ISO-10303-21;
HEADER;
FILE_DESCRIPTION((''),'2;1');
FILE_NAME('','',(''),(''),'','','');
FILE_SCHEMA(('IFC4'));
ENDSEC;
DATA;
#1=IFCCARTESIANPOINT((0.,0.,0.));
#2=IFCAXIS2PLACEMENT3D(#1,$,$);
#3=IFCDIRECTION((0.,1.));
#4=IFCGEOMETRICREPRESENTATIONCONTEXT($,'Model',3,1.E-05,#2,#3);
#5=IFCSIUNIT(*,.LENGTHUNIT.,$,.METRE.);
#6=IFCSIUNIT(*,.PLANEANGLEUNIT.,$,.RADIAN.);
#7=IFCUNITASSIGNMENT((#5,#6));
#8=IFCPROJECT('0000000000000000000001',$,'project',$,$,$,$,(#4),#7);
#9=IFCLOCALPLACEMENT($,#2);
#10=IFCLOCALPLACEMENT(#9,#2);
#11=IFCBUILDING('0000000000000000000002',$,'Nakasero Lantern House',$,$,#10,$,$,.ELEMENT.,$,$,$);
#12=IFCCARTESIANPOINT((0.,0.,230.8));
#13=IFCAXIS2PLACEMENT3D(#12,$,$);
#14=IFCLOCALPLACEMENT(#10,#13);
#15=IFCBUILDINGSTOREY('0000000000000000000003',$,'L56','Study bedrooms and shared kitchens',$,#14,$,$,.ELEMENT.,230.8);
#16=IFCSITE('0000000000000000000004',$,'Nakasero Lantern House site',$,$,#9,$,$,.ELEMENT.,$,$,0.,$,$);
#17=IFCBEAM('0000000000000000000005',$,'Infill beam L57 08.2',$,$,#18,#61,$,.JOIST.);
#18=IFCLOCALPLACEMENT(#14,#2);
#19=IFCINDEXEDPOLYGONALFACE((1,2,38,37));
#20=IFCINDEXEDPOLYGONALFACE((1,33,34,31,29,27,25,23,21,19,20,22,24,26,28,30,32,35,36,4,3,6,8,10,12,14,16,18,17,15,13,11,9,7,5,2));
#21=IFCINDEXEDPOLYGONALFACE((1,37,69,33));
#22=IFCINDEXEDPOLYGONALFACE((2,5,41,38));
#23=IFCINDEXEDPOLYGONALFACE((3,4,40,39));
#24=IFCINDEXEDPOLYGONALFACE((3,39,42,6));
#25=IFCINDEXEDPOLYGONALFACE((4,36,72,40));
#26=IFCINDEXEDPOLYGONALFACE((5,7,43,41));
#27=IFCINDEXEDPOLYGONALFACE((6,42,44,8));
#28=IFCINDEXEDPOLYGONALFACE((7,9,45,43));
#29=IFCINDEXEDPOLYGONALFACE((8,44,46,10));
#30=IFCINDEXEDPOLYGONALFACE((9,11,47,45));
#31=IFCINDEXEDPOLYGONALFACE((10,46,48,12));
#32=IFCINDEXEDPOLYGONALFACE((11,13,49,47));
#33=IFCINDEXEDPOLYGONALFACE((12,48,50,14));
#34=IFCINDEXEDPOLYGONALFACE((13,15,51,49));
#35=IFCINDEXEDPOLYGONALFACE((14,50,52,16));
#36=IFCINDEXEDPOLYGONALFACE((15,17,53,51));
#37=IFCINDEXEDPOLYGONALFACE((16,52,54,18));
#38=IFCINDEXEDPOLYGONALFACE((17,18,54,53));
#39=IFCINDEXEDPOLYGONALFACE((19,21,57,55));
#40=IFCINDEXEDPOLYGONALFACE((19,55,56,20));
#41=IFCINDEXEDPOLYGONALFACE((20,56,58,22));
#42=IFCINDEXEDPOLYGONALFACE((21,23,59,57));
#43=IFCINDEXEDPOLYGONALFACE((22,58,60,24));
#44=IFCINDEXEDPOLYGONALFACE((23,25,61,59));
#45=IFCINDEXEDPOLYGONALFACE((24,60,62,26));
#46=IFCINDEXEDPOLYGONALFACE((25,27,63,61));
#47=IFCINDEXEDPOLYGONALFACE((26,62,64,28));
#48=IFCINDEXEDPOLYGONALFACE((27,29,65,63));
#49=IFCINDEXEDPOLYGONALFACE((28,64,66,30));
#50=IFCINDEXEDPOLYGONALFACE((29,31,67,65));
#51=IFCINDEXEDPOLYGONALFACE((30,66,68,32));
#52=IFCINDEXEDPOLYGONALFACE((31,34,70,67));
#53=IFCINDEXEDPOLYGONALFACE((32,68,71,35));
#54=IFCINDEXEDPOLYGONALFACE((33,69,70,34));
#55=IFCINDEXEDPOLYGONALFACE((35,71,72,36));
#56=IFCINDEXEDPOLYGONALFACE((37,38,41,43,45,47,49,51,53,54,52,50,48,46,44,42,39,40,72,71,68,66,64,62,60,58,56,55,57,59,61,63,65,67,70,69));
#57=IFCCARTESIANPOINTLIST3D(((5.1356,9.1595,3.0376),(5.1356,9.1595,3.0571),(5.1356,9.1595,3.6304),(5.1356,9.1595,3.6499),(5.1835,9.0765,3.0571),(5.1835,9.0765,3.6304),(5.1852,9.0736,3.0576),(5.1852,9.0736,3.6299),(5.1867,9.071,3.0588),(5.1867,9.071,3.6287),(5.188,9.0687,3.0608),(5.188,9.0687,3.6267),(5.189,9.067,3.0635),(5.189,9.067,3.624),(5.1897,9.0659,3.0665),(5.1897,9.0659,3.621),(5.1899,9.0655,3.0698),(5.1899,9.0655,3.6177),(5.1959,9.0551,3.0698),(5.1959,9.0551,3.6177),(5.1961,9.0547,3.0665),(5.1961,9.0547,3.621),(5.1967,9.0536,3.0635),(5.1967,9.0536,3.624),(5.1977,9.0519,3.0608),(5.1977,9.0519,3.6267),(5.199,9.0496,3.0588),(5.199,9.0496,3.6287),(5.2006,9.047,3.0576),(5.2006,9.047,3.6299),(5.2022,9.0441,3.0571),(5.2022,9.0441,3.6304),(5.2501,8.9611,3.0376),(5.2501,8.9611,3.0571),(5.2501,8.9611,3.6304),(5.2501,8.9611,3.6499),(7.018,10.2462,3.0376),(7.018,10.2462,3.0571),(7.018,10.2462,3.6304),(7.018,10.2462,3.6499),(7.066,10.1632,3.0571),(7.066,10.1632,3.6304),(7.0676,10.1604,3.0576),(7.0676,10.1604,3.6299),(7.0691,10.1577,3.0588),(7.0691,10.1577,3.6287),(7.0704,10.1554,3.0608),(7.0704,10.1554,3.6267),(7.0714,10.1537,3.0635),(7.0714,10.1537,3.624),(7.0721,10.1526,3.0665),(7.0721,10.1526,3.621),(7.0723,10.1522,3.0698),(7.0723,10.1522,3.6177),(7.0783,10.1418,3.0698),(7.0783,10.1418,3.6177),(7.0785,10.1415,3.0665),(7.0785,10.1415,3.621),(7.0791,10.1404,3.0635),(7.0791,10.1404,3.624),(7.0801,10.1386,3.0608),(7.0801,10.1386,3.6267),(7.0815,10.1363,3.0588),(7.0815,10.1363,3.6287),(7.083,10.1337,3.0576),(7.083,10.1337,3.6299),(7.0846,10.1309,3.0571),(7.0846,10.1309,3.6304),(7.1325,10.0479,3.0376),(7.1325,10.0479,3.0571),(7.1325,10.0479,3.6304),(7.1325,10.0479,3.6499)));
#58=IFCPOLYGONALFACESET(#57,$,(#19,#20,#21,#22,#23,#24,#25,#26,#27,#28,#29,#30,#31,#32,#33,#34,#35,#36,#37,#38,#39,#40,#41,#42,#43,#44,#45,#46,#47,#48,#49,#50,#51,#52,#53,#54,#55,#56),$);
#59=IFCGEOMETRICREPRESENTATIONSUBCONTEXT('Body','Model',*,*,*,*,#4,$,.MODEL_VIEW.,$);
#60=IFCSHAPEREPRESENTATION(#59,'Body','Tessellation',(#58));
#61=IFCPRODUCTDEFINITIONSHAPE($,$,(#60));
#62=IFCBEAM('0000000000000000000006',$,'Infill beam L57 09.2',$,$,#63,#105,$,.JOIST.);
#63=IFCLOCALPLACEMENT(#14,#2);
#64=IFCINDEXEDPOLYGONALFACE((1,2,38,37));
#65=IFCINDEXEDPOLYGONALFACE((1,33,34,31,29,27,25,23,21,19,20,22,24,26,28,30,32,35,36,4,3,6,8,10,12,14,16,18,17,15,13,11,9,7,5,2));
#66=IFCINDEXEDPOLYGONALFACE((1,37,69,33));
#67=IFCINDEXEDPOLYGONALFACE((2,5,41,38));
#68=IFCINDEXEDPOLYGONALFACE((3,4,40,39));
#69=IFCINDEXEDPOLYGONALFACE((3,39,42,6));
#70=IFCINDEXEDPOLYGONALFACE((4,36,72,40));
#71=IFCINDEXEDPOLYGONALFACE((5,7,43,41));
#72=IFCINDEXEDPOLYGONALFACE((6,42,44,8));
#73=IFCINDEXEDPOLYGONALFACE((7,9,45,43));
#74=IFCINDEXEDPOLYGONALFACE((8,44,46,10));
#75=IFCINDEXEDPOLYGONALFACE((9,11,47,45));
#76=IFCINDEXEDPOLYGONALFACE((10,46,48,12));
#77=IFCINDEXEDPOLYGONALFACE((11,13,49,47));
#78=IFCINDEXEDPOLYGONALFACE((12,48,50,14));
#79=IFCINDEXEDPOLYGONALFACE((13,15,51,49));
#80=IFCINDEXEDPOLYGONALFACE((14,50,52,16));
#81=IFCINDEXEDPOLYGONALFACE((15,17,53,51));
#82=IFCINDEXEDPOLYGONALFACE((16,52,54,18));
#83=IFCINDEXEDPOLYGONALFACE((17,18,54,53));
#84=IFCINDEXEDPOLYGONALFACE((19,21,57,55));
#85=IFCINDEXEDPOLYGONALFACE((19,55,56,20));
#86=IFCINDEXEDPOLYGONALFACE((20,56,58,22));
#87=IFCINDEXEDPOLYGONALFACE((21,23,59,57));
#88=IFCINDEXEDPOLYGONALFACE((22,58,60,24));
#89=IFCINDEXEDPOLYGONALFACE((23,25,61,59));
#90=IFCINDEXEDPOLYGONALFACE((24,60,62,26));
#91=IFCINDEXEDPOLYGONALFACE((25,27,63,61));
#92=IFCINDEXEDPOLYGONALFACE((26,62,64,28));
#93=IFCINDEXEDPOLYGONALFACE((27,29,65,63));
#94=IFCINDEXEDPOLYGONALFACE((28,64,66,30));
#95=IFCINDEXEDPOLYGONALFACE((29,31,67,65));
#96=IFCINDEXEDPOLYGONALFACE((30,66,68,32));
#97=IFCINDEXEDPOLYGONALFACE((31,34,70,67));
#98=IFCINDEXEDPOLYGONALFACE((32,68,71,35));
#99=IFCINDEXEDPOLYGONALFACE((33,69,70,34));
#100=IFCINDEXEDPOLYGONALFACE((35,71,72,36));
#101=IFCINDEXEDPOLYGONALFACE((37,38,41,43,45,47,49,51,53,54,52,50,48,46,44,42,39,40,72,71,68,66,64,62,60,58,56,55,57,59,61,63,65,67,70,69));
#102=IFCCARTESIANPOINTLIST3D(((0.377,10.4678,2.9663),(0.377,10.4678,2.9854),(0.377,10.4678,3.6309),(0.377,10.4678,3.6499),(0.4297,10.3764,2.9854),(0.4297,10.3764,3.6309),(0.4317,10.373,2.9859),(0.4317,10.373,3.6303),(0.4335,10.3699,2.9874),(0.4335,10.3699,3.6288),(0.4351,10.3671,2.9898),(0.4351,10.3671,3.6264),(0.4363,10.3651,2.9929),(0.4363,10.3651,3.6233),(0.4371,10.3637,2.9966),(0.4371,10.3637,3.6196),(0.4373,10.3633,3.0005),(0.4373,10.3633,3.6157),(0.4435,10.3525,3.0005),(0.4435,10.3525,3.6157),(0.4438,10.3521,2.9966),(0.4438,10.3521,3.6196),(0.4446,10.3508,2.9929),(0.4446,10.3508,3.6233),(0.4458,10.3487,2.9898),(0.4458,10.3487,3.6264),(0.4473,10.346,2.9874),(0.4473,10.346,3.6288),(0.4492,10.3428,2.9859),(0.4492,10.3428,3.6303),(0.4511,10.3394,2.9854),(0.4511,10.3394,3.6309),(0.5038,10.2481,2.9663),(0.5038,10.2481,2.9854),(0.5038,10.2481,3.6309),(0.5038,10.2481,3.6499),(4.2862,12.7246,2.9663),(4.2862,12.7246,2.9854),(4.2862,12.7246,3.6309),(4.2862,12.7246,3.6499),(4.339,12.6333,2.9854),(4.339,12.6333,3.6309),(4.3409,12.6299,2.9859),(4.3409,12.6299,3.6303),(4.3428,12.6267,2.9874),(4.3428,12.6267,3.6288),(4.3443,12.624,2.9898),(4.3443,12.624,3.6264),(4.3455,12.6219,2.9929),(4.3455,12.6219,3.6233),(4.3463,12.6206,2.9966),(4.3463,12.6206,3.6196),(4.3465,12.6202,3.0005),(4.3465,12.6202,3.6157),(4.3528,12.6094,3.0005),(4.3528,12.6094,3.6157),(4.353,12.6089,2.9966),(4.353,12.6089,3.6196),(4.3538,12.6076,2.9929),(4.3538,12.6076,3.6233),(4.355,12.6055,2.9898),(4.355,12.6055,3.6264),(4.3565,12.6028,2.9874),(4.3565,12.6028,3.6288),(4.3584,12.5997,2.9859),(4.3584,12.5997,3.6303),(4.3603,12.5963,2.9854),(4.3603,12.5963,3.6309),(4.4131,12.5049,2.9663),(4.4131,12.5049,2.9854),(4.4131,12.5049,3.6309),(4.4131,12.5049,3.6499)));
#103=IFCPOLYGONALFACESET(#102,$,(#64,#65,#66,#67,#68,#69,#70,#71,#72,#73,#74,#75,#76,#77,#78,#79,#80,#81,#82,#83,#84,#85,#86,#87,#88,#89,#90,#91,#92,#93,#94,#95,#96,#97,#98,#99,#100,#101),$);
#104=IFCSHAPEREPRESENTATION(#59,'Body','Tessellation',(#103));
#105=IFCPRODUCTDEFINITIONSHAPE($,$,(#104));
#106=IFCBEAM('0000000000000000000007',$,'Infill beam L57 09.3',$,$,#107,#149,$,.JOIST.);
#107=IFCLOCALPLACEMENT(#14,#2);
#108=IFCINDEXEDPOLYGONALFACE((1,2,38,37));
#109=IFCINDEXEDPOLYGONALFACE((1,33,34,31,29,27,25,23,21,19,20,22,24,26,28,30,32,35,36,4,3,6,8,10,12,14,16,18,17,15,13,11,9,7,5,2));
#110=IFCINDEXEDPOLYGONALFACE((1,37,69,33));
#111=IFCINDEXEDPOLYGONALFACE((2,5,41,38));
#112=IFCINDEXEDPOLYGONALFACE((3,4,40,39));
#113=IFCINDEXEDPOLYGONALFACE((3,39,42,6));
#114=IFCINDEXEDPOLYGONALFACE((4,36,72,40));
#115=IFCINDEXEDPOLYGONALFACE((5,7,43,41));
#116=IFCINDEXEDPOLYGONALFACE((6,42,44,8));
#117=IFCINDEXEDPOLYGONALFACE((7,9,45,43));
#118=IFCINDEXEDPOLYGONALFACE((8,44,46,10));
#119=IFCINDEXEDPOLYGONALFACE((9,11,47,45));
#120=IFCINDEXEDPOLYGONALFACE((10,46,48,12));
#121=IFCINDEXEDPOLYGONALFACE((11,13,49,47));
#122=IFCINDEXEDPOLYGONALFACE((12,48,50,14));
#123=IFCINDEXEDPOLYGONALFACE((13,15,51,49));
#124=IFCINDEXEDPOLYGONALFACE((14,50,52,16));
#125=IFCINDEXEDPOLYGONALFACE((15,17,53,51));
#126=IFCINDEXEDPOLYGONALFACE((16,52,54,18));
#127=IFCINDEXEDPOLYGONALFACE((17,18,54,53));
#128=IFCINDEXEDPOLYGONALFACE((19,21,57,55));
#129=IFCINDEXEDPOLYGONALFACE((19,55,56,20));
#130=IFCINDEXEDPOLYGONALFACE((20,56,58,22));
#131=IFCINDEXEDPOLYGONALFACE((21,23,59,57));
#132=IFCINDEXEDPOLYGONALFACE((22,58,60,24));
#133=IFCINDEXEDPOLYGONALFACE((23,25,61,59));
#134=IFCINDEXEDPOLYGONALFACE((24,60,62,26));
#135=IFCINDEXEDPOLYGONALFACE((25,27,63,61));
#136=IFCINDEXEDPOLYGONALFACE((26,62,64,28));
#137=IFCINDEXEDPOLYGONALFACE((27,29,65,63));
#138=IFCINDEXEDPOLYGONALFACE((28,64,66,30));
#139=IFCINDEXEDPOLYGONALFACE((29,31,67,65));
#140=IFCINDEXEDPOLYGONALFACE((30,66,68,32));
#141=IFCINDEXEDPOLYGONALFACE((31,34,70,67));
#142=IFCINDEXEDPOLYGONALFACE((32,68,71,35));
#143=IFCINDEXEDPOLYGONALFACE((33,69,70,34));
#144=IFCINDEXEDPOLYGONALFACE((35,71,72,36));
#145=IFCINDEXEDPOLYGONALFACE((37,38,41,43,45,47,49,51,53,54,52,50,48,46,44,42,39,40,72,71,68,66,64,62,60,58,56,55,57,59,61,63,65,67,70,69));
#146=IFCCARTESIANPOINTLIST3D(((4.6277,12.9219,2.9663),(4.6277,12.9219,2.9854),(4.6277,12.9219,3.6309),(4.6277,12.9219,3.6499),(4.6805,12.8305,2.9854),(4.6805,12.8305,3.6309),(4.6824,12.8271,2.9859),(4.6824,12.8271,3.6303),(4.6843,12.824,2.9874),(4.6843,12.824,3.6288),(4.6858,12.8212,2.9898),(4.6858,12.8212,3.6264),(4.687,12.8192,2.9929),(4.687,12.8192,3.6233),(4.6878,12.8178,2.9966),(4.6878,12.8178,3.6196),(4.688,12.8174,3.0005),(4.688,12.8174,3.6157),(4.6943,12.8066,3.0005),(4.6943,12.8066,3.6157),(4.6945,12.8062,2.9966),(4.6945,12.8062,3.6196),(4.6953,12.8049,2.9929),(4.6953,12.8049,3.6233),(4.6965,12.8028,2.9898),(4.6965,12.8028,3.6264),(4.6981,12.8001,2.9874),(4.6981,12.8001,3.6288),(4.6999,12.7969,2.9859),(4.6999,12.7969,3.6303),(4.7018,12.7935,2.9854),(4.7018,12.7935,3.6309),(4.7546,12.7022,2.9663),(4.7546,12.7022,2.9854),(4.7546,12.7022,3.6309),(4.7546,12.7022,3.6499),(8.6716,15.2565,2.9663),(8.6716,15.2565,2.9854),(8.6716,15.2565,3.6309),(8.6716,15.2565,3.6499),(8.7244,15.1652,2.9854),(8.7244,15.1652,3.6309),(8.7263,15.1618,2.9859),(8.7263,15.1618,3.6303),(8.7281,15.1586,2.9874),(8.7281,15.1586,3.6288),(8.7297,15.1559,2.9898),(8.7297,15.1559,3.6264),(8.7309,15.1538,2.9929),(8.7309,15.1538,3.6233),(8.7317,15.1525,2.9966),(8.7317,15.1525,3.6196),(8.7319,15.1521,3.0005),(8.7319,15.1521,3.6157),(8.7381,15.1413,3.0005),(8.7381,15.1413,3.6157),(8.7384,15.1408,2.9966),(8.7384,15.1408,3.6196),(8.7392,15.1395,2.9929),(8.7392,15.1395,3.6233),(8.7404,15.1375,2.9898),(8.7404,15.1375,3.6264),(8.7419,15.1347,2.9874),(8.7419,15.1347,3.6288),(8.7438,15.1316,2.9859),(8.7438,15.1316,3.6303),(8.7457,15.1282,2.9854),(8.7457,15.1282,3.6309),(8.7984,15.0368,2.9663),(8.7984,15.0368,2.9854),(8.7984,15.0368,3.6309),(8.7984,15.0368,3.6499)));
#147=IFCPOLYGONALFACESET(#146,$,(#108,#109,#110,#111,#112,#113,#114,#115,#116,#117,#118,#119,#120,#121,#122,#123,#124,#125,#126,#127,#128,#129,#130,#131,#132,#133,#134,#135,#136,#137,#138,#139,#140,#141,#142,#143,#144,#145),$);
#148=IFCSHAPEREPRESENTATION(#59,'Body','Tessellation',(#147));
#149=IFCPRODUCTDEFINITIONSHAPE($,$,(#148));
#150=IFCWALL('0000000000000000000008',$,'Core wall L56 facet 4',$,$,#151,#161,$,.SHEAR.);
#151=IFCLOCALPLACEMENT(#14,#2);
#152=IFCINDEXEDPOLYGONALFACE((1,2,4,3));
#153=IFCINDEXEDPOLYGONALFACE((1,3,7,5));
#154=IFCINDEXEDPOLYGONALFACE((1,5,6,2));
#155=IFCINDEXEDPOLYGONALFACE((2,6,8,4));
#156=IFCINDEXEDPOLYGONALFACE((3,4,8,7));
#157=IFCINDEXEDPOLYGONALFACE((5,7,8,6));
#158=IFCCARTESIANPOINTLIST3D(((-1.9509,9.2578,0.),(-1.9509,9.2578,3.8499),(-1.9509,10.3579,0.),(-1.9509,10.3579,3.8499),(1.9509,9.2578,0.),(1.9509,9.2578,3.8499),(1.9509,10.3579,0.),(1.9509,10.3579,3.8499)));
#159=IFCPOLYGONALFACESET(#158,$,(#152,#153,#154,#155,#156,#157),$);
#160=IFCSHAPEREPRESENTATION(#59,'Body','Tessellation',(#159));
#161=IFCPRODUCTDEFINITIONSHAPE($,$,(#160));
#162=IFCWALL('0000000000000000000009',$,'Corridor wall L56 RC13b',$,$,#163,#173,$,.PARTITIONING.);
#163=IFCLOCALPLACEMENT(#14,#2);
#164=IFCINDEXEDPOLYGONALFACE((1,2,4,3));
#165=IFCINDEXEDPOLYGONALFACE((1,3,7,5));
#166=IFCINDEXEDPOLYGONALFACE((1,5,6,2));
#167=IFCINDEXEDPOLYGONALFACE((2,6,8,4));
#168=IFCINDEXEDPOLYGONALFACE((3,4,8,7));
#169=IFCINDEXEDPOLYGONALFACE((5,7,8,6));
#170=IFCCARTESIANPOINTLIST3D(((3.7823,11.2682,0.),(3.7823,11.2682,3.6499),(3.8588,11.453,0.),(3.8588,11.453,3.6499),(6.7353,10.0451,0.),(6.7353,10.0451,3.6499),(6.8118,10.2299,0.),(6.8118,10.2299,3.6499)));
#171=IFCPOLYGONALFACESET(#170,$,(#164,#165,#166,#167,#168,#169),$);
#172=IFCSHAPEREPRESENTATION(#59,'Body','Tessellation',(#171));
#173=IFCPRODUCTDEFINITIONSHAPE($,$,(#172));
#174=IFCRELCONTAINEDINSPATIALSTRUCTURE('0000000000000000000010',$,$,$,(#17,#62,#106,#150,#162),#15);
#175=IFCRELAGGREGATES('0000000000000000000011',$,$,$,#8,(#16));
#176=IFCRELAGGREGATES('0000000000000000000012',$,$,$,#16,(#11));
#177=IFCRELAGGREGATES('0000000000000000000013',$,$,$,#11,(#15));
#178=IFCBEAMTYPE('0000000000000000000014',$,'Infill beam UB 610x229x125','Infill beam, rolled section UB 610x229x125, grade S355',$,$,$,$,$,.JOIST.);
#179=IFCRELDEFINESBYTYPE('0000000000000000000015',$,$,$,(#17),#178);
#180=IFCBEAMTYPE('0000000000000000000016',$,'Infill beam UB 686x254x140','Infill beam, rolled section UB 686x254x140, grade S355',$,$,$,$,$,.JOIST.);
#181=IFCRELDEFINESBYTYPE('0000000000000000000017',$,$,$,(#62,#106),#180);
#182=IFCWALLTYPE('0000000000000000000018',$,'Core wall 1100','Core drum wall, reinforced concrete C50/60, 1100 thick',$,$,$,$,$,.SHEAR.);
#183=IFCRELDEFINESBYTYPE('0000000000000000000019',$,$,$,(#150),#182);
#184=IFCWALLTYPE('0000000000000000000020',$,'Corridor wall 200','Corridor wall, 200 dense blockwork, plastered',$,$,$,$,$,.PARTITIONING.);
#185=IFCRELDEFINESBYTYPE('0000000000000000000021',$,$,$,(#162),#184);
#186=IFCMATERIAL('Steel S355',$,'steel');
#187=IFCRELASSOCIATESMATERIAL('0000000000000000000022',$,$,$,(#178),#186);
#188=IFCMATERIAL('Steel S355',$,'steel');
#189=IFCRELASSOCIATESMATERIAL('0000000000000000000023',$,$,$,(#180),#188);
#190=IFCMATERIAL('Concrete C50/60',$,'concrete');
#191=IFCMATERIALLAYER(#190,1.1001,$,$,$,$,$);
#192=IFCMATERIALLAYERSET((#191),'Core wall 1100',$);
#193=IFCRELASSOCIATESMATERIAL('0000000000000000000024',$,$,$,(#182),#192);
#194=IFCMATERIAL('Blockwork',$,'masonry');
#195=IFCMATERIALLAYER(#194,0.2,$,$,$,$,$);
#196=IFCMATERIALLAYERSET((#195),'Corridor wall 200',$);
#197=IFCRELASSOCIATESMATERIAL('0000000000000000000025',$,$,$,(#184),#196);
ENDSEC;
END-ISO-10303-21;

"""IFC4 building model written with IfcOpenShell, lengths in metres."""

from ifc_helpers import new_model, si_unit, direction, frame, frame_2d, origin, origin_2d, place, context, subcontext, project, spatial, rectangle, i_section, extrude, material, layer, layer_set, material_profile, profile_set, type_object, element, save


model = new_model("IFC4")

# Units and contexts
model_context = context("Model", 3, precision=1e-05, world=origin(), true_north=direction((0.0, 1.0)))
body_context = subcontext(model_context, "Body", "Model", "MODEL_VIEW")
ifc_project = project(units=[si_unit("LENGTHUNIT", "METRE"), si_unit("PLANEANGLEUNIT", "RADIAN")], contexts=[model_context])

# Site, building, storey
site_placement = place(None, origin())
site = spatial("IfcSite", under=ifc_project, at=site_placement, Name="Nakasero Lantern House site", CompositionType="ELEMENT", RefElevation=0.0)
building_placement = place(site_placement, origin())
building = spatial("IfcBuilding", under=site, at=building_placement, Name="Nakasero Lantern House", CompositionType="ELEMENT")
storey_placement = place(building_placement, frame((0.0, 0.0, 230.8)))
storey = spatial("IfcBuildingStorey", under=building, at=storey_placement, Name="L56", Description="Study bedrooms and shared kitchens", CompositionType="ELEMENT", Elevation=230.8)

# Beams
ifc_material_1 = material(Name="Steel S355", Category="steel")
ifc_material_profile_1 = material_profile(ifc_material_1, i_section(OverallWidth=0.229, OverallDepth=0.6123, WebThickness=0.012, FlangeThickness=0.0195, FilletRadius=0.0127, at=origin_2d()), Name="UB 610x229x125")
ifc_profile_set_1 = profile_set([ifc_material_profile_1], Name="Steel S355")
beam_type_1 = type_object("IfcBeamType", Name="Infill beam UB 610x229x125", Description="Infill beam, rolled section UB 610x229x125, grade S355", PredefinedType="JOIST", material=ifc_profile_set_1)
beam_1_placement = place(storey_placement, frame((5.1929, 9.0603, 3.3438), z_axis=(0.866043, 0.499969, 0.0), x_axis=(-0.499969, 0.866043, 0.0)))
element("IfcBeam", 1, at=beam_1_placement, inside=storey, type_object=beam_type_1, Name="Infill beam L57 08.2", PredefinedType="JOIST", context=body_context, shape_type="SweptSolid", body=[
    extrude(i_section(OverallWidth=0.229, OverallDepth=0.6123, WebThickness=0.012, FlangeThickness=0.0195, FilletRadius=0.0127, at=origin_2d()), origin(), (0.0, 0.0, 1.0), 2.1736),
])
ifc_material_2 = material(Name="Steel S355", Category="steel")
ifc_material_profile_2 = material_profile(ifc_material_2, i_section(OverallWidth=0.2537, OverallDepth=0.6836, WebThickness=0.0125, FlangeThickness=0.019, FilletRadius=0.0151, at=origin_2d()), Name="UB 686x254x140")
ifc_profile_set_2 = profile_set([ifc_material_profile_2], Name="Steel S355")
beam_type_2 = type_object("IfcBeamType", Name="Infill beam UB 686x254x140", Description="Infill beam, rolled section UB 686x254x140, grade S355", PredefinedType="JOIST", material=ifc_profile_set_2)
beam_2_placement = place(storey_placement, frame((0.4404, 10.3579, 3.3081), z_axis=(0.866038, 0.499978, 0.0), x_axis=(-0.499978, 0.866038, 0.0)))
element("IfcBeam", 2, at=beam_2_placement, inside=storey, type_object=beam_type_2, Name="Infill beam L57 09.2", PredefinedType="JOIST", context=body_context, shape_type="SweptSolid", body=[
    extrude(i_section(OverallWidth=0.2537, OverallDepth=0.6836, WebThickness=0.0125, FlangeThickness=0.019, FilletRadius=0.0151, at=origin_2d()), origin(), (0.0, 0.0, 1.0), 4.5139),
])
beam_3_placement = place(storey_placement, frame((4.6912, 12.812, 3.3081), z_axis=(0.866031, 0.499991, 0.0), x_axis=(-0.499991, 0.866031, 0.0)))
element("IfcBeam", 3, at=beam_3_placement, inside=storey, type_object=beam_type_2, Name="Infill beam L57 09.3", PredefinedType="JOIST", context=body_context, shape_type="SweptSolid", body=[
    extrude(i_section(OverallWidth=0.2537, OverallDepth=0.6836, WebThickness=0.0125, FlangeThickness=0.019, FilletRadius=0.0151, at=origin_2d()), origin(), (0.0, 0.0, 1.0), 4.6694),
])

# Walls
ifc_material_3 = material(Name="Concrete C50/60", Category="concrete")
ifc_layer_1 = layer(ifc_material_3, 1.1001)
ifc_layer_set_1 = layer_set([ifc_layer_1], Name="Core wall 1100")
wall_type_1 = type_object("IfcWallType", Name="Core wall 1100", Description="Core drum wall, reinforced concrete C50/60, 1100 thick", PredefinedType="SHEAR", material=ifc_layer_set_1)
wall_1_placement = place(storey_placement, frame((1.9509, 9.8079, 0.0), z_axis=(0.0, 0.0, 1.0), x_axis=(-1.0, 0.0, 0.0)))
element("IfcWall", 4, at=wall_1_placement, inside=storey, type_object=wall_type_1, Name="Core wall L56 facet 4", PredefinedType="SHEAR", context=body_context, shape_type="SweptSolid", body=[
    extrude(rectangle(XDim=3.9019, YDim=1.1001, at=frame_2d((1.9509, 0.0))), origin(), (0.0, 0.0, 1.0), 3.8499),
])
ifc_material_4 = material(Name="Blockwork", Category="masonry")
ifc_layer_2 = layer(ifc_material_4, 0.2)
ifc_layer_set_2 = layer_set([ifc_layer_2], Name="Corridor wall 200")
wall_type_2 = type_object("IfcWallType", Name="Corridor wall 200", Description="Corridor wall, 200 dense blockwork, plastered", PredefinedType="PARTITIONING", material=ifc_layer_set_2)
wall_2_placement = place(storey_placement, frame((3.8206, 11.3606, 0.0), z_axis=(0.0, 0.0, 1.0), x_axis=(0.923888, -0.382662, 0.0)))
element("IfcWall", 5, at=wall_2_placement, inside=storey, type_object=wall_type_2, Name="Corridor wall L56 RC13b", PredefinedType="PARTITIONING", context=body_context, shape_type="SweptSolid", body=[
    extrude(rectangle(XDim=3.1963, YDim=0.2, at=frame_2d((1.5981, 0.0))), origin(), (0.0, 0.0, 1.0), 3.6499),
])

save(model, "model.ifc")
